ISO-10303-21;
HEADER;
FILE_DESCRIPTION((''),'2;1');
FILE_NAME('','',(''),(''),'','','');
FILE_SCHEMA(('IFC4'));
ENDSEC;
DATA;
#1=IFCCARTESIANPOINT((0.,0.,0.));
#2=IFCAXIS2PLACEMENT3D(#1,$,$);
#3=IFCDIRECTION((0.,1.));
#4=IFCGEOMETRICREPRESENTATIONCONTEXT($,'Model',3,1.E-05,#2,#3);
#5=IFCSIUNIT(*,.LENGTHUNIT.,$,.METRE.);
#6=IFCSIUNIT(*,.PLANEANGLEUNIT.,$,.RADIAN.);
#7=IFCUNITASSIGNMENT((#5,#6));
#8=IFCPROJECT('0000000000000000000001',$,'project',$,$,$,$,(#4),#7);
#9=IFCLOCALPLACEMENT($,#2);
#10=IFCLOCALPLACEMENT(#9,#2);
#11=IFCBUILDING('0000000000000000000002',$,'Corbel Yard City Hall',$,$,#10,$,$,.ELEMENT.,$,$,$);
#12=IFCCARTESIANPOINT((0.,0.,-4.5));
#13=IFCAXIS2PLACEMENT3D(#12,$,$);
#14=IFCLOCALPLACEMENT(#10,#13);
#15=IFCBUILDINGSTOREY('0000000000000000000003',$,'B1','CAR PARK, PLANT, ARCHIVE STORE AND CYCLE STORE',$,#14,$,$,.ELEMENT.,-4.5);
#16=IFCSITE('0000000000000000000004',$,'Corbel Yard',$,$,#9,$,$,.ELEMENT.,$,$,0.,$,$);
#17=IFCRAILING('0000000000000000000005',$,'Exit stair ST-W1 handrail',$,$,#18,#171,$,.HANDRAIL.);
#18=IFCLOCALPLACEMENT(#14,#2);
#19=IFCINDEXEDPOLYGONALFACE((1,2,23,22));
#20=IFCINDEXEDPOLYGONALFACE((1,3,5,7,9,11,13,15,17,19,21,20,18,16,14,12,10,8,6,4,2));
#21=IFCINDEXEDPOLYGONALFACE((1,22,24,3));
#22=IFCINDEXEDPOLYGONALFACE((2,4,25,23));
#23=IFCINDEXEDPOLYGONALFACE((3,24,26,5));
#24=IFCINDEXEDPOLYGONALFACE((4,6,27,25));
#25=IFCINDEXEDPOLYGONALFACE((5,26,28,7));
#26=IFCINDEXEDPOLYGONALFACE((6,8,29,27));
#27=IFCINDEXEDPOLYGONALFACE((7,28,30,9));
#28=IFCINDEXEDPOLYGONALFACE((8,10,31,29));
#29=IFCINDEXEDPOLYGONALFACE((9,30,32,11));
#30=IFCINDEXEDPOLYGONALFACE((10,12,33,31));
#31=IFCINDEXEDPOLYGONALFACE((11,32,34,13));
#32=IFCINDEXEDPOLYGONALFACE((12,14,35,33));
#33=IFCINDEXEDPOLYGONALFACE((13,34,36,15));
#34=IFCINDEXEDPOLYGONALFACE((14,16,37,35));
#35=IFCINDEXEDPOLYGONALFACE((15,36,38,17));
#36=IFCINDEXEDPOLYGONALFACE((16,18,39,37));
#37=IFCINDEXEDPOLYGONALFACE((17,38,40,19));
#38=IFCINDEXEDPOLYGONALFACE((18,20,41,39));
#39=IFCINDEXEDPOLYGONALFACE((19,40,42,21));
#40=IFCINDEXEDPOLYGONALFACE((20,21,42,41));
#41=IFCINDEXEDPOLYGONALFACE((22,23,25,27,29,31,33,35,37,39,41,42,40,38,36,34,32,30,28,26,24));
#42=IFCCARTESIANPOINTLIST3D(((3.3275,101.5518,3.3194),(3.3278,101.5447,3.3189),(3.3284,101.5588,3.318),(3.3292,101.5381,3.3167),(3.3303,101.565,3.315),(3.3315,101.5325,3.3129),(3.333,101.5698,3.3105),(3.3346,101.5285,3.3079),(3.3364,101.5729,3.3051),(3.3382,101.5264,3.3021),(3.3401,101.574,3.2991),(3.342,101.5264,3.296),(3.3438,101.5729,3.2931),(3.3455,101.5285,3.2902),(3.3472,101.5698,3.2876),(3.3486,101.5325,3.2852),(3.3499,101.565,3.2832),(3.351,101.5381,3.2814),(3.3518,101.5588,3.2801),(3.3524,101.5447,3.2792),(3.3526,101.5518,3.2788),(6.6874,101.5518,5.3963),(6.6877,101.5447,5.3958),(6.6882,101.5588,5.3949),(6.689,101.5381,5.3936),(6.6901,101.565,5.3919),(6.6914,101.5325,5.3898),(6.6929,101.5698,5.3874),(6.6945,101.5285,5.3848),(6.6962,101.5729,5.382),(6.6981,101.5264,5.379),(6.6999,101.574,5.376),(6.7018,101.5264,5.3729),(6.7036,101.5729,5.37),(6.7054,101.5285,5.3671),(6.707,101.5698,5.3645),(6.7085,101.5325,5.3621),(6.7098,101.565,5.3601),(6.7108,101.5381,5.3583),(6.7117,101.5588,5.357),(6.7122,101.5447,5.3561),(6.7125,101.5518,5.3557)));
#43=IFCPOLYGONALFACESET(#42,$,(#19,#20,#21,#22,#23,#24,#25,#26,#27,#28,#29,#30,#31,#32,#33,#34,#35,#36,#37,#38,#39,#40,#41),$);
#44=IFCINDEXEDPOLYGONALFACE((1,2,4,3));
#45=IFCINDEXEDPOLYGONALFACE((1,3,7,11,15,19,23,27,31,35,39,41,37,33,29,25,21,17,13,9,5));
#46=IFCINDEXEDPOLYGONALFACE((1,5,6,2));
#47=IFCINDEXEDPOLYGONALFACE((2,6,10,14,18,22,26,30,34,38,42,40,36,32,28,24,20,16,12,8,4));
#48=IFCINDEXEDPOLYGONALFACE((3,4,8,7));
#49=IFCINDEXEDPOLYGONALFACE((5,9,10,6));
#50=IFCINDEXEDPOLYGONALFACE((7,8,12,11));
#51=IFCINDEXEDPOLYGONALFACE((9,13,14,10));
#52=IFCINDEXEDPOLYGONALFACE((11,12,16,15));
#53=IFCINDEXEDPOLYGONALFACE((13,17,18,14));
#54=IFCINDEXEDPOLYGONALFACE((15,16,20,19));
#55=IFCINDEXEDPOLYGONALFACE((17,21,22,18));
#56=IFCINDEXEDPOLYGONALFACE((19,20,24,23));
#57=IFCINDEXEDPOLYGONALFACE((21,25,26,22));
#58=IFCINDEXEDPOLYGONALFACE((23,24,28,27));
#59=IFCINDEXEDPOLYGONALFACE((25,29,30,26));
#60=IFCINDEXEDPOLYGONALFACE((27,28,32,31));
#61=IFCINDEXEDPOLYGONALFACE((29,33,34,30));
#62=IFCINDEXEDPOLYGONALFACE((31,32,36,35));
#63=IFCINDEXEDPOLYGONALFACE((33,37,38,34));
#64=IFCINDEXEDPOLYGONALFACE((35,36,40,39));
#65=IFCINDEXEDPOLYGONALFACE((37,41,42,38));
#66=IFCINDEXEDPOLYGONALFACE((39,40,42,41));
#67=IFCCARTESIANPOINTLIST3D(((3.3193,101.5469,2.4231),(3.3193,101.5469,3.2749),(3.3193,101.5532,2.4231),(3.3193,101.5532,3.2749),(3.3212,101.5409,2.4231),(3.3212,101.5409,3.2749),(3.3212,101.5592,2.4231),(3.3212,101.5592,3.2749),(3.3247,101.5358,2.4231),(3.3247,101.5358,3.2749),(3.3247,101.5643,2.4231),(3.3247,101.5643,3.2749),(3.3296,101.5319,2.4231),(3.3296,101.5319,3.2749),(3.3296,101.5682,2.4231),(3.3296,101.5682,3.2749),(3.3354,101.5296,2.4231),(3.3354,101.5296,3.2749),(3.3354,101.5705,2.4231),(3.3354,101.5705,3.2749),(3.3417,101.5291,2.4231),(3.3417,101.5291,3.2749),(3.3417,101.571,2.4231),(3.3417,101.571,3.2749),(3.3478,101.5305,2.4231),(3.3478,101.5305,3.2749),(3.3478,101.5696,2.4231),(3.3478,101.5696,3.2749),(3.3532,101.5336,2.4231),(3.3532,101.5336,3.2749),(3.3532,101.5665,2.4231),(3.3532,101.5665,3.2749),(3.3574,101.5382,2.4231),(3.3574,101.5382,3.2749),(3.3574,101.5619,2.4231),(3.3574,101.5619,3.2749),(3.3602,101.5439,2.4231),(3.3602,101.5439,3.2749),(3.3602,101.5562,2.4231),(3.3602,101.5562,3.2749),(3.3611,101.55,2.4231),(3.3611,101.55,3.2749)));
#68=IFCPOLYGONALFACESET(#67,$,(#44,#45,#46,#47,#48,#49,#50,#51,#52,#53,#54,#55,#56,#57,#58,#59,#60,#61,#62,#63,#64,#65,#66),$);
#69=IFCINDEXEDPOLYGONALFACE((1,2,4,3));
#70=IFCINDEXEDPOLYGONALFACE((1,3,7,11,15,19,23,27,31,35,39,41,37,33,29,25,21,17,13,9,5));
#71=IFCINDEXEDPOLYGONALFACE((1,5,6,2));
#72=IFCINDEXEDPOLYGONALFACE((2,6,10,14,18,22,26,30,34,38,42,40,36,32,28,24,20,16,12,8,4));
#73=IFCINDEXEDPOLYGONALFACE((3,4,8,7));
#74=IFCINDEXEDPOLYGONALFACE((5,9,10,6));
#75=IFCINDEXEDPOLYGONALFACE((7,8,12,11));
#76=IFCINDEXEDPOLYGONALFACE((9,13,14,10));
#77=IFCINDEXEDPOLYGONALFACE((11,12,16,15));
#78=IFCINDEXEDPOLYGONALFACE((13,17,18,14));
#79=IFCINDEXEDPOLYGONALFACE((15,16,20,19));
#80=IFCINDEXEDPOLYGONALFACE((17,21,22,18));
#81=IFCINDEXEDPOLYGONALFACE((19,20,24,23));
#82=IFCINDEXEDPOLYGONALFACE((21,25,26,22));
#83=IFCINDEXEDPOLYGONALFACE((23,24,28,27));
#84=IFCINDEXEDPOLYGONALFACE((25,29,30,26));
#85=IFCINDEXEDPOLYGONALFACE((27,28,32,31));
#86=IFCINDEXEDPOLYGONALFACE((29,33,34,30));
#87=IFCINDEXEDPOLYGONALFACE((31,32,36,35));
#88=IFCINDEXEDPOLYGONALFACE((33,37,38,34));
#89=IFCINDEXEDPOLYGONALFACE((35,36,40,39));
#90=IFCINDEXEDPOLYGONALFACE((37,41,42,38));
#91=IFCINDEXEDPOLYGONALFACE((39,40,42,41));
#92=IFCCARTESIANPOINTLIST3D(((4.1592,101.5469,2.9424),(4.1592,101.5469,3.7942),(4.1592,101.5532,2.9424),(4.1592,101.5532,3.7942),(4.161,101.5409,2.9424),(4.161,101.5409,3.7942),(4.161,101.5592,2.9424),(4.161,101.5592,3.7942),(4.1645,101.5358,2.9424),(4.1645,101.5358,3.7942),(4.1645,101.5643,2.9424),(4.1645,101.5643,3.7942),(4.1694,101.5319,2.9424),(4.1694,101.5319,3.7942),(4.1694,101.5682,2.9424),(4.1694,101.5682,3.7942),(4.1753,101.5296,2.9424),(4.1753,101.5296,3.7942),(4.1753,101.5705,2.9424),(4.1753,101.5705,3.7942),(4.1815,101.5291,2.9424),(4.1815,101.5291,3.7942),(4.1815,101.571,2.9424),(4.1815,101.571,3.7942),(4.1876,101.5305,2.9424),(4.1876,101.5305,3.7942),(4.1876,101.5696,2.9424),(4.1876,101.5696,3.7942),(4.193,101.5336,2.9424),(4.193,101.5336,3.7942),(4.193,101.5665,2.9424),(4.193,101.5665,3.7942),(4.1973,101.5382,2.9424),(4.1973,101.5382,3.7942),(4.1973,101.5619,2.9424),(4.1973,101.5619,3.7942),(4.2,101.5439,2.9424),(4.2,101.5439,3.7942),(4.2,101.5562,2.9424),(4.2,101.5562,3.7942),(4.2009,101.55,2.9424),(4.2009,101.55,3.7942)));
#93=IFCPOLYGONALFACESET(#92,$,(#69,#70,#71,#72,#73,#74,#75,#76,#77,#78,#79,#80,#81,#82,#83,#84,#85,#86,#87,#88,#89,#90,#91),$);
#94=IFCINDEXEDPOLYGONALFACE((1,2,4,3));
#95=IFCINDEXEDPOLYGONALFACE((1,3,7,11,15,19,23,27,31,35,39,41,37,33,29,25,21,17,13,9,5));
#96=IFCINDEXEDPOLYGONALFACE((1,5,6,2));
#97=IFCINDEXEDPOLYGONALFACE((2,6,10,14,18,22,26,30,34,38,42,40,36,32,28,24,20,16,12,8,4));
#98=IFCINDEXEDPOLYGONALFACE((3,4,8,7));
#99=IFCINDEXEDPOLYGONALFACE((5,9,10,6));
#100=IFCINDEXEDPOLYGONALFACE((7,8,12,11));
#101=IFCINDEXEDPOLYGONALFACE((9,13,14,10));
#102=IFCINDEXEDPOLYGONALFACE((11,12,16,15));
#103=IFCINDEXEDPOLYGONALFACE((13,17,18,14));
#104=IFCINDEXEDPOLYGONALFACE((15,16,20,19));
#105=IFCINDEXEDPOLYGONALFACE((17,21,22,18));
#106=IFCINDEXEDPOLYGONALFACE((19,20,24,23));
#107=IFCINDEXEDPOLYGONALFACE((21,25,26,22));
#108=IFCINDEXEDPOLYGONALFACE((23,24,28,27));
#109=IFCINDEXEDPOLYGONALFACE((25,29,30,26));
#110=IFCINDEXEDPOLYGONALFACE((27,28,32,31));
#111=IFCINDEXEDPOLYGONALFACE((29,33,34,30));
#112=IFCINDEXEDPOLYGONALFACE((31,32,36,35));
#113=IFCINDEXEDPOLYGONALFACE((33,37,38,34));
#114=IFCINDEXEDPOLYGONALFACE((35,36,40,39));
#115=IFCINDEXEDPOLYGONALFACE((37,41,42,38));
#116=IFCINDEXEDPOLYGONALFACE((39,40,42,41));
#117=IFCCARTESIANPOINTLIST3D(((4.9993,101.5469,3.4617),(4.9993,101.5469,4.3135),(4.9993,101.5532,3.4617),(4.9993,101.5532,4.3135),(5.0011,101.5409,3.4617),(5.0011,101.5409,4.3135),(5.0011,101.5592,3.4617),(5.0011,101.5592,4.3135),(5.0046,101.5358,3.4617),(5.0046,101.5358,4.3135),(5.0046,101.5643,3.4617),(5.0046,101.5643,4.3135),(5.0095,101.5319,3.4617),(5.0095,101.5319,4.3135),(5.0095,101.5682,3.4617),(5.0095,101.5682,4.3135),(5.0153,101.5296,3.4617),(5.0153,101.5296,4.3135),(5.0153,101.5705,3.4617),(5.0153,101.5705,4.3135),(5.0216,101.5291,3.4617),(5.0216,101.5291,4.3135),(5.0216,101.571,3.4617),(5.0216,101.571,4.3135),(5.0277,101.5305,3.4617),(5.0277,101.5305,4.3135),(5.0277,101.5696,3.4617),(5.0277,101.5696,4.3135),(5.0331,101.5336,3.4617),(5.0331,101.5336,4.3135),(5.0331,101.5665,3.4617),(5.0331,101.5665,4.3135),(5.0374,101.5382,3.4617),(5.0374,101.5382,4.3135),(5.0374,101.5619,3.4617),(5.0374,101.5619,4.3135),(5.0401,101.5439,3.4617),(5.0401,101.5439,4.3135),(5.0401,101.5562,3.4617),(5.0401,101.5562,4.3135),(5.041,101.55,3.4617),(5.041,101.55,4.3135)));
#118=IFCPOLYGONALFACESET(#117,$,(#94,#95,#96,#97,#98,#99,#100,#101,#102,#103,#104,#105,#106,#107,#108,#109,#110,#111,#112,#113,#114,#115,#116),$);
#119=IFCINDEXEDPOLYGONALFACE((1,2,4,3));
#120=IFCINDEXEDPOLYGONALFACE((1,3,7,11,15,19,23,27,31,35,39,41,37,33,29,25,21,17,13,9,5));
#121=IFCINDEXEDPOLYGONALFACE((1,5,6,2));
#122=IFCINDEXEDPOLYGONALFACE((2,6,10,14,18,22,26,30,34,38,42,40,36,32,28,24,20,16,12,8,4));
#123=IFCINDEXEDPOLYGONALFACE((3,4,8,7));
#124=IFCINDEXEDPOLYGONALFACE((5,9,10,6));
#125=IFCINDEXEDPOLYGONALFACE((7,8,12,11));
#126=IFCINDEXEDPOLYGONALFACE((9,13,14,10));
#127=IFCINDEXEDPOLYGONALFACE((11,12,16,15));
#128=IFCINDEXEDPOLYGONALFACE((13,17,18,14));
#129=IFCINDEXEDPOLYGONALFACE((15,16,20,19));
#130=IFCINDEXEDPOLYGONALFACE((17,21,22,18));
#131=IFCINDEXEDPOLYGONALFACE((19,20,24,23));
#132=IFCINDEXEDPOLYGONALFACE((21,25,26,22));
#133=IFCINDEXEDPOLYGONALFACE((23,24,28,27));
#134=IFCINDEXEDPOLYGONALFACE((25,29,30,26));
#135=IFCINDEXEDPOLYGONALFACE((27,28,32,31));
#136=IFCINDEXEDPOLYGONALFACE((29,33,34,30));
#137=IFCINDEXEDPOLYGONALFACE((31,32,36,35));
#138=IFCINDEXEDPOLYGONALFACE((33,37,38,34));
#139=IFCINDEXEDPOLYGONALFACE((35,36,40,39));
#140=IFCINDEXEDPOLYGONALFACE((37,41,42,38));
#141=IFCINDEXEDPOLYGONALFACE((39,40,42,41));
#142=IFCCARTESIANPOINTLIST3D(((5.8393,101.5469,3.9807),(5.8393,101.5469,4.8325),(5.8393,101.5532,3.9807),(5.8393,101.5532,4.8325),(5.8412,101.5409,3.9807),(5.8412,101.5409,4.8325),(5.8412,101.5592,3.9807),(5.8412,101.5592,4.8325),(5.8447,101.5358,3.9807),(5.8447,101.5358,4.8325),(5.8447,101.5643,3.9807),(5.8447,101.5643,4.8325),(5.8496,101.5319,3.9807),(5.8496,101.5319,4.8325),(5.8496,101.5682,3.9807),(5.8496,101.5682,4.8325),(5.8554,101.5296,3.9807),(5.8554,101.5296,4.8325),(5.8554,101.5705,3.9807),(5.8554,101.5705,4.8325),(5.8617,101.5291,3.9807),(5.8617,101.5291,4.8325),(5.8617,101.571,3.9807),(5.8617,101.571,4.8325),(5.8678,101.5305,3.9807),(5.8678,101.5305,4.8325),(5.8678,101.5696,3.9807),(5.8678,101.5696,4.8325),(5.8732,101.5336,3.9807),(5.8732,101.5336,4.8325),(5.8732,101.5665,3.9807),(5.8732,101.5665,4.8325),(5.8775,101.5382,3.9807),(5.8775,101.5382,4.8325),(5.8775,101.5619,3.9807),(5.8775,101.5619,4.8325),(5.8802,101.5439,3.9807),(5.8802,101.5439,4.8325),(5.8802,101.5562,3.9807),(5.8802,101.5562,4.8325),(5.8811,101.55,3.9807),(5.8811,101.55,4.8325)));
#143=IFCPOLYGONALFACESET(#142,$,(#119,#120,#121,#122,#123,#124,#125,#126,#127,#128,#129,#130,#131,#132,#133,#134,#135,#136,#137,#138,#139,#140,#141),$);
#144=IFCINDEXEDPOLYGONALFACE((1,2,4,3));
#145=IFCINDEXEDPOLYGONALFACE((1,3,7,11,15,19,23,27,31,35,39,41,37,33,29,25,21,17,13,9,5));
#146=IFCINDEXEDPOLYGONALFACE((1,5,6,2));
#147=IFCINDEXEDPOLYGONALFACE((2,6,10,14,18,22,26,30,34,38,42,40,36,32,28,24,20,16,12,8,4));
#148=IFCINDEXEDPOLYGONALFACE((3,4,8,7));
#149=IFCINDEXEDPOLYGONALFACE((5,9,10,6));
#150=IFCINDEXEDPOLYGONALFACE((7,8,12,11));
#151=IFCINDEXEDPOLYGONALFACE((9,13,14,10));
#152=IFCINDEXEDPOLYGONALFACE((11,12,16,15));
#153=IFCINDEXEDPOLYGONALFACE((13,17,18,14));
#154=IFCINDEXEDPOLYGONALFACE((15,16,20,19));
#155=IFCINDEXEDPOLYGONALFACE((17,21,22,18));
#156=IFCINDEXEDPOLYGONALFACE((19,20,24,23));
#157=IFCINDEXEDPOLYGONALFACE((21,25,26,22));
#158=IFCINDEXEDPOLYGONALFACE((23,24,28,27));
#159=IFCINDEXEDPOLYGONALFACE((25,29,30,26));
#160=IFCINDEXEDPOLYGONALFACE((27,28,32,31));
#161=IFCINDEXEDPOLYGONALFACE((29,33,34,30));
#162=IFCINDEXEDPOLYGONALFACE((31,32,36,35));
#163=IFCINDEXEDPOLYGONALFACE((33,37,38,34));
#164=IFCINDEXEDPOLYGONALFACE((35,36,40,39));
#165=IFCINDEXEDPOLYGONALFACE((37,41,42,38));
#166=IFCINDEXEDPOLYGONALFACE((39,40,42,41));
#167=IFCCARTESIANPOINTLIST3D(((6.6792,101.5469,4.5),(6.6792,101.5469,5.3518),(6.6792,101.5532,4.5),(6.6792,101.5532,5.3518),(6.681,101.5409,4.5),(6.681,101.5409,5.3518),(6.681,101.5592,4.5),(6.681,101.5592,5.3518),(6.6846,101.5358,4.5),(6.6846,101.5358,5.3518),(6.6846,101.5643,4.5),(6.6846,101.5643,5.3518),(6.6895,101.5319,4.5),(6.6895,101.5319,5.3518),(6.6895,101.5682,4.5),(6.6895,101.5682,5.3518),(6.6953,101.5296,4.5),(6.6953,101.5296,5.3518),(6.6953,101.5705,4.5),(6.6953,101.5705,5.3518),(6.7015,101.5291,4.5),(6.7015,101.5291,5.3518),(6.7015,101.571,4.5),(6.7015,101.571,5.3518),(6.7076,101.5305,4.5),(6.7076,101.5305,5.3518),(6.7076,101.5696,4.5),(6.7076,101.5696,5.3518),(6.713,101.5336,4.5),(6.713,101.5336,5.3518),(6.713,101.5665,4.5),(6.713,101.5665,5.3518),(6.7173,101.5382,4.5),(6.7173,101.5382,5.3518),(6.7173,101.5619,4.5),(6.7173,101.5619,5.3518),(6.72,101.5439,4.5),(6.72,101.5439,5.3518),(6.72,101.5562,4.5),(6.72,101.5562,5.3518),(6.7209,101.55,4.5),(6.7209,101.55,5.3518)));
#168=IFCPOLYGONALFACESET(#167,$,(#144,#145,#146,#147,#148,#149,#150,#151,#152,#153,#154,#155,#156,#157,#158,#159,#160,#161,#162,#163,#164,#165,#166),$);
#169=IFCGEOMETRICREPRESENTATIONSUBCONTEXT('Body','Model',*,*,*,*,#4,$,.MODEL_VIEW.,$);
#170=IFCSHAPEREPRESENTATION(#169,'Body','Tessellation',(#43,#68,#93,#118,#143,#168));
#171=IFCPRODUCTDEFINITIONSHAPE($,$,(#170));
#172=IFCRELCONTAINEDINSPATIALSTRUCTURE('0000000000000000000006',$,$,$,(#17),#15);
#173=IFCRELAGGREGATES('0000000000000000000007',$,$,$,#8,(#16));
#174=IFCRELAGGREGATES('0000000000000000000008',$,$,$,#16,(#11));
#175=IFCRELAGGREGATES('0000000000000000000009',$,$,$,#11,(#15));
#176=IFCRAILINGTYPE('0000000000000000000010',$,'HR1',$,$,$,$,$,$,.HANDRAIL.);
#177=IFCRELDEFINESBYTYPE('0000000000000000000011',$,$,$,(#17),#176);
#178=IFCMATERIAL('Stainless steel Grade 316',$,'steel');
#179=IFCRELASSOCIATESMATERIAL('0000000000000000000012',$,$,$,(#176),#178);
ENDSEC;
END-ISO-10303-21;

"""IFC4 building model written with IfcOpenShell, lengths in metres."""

from ifc_helpers import new_model, si_unit, direction, frame, origin, origin_2d, place, context, subcontext, project, spatial, circle, extrude, material, type_object, element, save


model = new_model("IFC4")

# Units and contexts
model_context = context("Model", 3, precision=1e-05, world=origin(), true_north=direction((0.0, 1.0)))
body_context = subcontext(model_context, "Body", "Model", "MODEL_VIEW")
ifc_project = project(units=[si_unit("LENGTHUNIT", "METRE"), si_unit("PLANEANGLEUNIT", "RADIAN")], contexts=[model_context])

# Site, building, storey
site_placement = place(None, origin())
site = spatial("IfcSite", under=ifc_project, at=site_placement, Name="Corbel Yard", CompositionType="ELEMENT", RefElevation=0.0)
building_placement = place(site_placement, origin())
building = spatial("IfcBuilding", under=site, at=building_placement, Name="Corbel Yard City Hall", CompositionType="ELEMENT")
storey_placement = place(building_placement, frame((0.0, 0.0, -4.5)))
storey = spatial("IfcBuildingStorey", under=building, at=storey_placement, Name="B1", Description="CAR PARK, PLANT, ARCHIVE STORE AND CYCLE STORE", CompositionType="ELEMENT", Elevation=-4.5)

# Railing
ifc_material_1 = material(Name="Stainless steel Grade 316", Category="steel")
railing_type = type_object("IfcRailingType", Name="HR1", PredefinedType="HANDRAIL", material=ifc_material_1)
for number, where, name in (
    (1, (3.3401, 101.55, 2.4231), "Exit stair ST-W1 handrail"),
):
    element("IfcRailing", number, at=place(storey_placement, frame(where)), inside=storey, type_object=railing_type, Name=name, PredefinedType="HANDRAIL", context=body_context, shape_type="SweptSolid", body=[
        extrude(circle(Radius=0.0239, at=origin_2d()), frame((0.0, 0.0, 0.876), z_axis=(0.850606, 0.0, 0.525803), x_axis=(0.0, 1.0, 0.0)), (0.0, 0.0, 1.0), 3.95),
        extrude(circle(Radius=0.021, at=origin_2d()), origin(), (0.0, 0.0, 1.0), 0.8518),
        extrude(circle(Radius=0.021, at=origin_2d()), frame((0.8398, 0.0, 0.5193)), (0.0, 0.0, 1.0), 0.8518),
        extrude(circle(Radius=0.021, at=origin_2d()), frame((1.6799, 0.0, 1.0386)), (0.0, 0.0, 1.0), 0.8518),
        extrude(circle(Radius=0.021, at=origin_2d()), frame((2.52, 0.0, 1.5576)), (0.0, 0.0, 1.0), 0.8518),
        extrude(circle(Radius=0.021, at=origin_2d()), frame((3.3599, 0.0, 2.0769)), (0.0, 0.0, 1.0), 0.8518),
    ])

save(model, "model.ifc")
